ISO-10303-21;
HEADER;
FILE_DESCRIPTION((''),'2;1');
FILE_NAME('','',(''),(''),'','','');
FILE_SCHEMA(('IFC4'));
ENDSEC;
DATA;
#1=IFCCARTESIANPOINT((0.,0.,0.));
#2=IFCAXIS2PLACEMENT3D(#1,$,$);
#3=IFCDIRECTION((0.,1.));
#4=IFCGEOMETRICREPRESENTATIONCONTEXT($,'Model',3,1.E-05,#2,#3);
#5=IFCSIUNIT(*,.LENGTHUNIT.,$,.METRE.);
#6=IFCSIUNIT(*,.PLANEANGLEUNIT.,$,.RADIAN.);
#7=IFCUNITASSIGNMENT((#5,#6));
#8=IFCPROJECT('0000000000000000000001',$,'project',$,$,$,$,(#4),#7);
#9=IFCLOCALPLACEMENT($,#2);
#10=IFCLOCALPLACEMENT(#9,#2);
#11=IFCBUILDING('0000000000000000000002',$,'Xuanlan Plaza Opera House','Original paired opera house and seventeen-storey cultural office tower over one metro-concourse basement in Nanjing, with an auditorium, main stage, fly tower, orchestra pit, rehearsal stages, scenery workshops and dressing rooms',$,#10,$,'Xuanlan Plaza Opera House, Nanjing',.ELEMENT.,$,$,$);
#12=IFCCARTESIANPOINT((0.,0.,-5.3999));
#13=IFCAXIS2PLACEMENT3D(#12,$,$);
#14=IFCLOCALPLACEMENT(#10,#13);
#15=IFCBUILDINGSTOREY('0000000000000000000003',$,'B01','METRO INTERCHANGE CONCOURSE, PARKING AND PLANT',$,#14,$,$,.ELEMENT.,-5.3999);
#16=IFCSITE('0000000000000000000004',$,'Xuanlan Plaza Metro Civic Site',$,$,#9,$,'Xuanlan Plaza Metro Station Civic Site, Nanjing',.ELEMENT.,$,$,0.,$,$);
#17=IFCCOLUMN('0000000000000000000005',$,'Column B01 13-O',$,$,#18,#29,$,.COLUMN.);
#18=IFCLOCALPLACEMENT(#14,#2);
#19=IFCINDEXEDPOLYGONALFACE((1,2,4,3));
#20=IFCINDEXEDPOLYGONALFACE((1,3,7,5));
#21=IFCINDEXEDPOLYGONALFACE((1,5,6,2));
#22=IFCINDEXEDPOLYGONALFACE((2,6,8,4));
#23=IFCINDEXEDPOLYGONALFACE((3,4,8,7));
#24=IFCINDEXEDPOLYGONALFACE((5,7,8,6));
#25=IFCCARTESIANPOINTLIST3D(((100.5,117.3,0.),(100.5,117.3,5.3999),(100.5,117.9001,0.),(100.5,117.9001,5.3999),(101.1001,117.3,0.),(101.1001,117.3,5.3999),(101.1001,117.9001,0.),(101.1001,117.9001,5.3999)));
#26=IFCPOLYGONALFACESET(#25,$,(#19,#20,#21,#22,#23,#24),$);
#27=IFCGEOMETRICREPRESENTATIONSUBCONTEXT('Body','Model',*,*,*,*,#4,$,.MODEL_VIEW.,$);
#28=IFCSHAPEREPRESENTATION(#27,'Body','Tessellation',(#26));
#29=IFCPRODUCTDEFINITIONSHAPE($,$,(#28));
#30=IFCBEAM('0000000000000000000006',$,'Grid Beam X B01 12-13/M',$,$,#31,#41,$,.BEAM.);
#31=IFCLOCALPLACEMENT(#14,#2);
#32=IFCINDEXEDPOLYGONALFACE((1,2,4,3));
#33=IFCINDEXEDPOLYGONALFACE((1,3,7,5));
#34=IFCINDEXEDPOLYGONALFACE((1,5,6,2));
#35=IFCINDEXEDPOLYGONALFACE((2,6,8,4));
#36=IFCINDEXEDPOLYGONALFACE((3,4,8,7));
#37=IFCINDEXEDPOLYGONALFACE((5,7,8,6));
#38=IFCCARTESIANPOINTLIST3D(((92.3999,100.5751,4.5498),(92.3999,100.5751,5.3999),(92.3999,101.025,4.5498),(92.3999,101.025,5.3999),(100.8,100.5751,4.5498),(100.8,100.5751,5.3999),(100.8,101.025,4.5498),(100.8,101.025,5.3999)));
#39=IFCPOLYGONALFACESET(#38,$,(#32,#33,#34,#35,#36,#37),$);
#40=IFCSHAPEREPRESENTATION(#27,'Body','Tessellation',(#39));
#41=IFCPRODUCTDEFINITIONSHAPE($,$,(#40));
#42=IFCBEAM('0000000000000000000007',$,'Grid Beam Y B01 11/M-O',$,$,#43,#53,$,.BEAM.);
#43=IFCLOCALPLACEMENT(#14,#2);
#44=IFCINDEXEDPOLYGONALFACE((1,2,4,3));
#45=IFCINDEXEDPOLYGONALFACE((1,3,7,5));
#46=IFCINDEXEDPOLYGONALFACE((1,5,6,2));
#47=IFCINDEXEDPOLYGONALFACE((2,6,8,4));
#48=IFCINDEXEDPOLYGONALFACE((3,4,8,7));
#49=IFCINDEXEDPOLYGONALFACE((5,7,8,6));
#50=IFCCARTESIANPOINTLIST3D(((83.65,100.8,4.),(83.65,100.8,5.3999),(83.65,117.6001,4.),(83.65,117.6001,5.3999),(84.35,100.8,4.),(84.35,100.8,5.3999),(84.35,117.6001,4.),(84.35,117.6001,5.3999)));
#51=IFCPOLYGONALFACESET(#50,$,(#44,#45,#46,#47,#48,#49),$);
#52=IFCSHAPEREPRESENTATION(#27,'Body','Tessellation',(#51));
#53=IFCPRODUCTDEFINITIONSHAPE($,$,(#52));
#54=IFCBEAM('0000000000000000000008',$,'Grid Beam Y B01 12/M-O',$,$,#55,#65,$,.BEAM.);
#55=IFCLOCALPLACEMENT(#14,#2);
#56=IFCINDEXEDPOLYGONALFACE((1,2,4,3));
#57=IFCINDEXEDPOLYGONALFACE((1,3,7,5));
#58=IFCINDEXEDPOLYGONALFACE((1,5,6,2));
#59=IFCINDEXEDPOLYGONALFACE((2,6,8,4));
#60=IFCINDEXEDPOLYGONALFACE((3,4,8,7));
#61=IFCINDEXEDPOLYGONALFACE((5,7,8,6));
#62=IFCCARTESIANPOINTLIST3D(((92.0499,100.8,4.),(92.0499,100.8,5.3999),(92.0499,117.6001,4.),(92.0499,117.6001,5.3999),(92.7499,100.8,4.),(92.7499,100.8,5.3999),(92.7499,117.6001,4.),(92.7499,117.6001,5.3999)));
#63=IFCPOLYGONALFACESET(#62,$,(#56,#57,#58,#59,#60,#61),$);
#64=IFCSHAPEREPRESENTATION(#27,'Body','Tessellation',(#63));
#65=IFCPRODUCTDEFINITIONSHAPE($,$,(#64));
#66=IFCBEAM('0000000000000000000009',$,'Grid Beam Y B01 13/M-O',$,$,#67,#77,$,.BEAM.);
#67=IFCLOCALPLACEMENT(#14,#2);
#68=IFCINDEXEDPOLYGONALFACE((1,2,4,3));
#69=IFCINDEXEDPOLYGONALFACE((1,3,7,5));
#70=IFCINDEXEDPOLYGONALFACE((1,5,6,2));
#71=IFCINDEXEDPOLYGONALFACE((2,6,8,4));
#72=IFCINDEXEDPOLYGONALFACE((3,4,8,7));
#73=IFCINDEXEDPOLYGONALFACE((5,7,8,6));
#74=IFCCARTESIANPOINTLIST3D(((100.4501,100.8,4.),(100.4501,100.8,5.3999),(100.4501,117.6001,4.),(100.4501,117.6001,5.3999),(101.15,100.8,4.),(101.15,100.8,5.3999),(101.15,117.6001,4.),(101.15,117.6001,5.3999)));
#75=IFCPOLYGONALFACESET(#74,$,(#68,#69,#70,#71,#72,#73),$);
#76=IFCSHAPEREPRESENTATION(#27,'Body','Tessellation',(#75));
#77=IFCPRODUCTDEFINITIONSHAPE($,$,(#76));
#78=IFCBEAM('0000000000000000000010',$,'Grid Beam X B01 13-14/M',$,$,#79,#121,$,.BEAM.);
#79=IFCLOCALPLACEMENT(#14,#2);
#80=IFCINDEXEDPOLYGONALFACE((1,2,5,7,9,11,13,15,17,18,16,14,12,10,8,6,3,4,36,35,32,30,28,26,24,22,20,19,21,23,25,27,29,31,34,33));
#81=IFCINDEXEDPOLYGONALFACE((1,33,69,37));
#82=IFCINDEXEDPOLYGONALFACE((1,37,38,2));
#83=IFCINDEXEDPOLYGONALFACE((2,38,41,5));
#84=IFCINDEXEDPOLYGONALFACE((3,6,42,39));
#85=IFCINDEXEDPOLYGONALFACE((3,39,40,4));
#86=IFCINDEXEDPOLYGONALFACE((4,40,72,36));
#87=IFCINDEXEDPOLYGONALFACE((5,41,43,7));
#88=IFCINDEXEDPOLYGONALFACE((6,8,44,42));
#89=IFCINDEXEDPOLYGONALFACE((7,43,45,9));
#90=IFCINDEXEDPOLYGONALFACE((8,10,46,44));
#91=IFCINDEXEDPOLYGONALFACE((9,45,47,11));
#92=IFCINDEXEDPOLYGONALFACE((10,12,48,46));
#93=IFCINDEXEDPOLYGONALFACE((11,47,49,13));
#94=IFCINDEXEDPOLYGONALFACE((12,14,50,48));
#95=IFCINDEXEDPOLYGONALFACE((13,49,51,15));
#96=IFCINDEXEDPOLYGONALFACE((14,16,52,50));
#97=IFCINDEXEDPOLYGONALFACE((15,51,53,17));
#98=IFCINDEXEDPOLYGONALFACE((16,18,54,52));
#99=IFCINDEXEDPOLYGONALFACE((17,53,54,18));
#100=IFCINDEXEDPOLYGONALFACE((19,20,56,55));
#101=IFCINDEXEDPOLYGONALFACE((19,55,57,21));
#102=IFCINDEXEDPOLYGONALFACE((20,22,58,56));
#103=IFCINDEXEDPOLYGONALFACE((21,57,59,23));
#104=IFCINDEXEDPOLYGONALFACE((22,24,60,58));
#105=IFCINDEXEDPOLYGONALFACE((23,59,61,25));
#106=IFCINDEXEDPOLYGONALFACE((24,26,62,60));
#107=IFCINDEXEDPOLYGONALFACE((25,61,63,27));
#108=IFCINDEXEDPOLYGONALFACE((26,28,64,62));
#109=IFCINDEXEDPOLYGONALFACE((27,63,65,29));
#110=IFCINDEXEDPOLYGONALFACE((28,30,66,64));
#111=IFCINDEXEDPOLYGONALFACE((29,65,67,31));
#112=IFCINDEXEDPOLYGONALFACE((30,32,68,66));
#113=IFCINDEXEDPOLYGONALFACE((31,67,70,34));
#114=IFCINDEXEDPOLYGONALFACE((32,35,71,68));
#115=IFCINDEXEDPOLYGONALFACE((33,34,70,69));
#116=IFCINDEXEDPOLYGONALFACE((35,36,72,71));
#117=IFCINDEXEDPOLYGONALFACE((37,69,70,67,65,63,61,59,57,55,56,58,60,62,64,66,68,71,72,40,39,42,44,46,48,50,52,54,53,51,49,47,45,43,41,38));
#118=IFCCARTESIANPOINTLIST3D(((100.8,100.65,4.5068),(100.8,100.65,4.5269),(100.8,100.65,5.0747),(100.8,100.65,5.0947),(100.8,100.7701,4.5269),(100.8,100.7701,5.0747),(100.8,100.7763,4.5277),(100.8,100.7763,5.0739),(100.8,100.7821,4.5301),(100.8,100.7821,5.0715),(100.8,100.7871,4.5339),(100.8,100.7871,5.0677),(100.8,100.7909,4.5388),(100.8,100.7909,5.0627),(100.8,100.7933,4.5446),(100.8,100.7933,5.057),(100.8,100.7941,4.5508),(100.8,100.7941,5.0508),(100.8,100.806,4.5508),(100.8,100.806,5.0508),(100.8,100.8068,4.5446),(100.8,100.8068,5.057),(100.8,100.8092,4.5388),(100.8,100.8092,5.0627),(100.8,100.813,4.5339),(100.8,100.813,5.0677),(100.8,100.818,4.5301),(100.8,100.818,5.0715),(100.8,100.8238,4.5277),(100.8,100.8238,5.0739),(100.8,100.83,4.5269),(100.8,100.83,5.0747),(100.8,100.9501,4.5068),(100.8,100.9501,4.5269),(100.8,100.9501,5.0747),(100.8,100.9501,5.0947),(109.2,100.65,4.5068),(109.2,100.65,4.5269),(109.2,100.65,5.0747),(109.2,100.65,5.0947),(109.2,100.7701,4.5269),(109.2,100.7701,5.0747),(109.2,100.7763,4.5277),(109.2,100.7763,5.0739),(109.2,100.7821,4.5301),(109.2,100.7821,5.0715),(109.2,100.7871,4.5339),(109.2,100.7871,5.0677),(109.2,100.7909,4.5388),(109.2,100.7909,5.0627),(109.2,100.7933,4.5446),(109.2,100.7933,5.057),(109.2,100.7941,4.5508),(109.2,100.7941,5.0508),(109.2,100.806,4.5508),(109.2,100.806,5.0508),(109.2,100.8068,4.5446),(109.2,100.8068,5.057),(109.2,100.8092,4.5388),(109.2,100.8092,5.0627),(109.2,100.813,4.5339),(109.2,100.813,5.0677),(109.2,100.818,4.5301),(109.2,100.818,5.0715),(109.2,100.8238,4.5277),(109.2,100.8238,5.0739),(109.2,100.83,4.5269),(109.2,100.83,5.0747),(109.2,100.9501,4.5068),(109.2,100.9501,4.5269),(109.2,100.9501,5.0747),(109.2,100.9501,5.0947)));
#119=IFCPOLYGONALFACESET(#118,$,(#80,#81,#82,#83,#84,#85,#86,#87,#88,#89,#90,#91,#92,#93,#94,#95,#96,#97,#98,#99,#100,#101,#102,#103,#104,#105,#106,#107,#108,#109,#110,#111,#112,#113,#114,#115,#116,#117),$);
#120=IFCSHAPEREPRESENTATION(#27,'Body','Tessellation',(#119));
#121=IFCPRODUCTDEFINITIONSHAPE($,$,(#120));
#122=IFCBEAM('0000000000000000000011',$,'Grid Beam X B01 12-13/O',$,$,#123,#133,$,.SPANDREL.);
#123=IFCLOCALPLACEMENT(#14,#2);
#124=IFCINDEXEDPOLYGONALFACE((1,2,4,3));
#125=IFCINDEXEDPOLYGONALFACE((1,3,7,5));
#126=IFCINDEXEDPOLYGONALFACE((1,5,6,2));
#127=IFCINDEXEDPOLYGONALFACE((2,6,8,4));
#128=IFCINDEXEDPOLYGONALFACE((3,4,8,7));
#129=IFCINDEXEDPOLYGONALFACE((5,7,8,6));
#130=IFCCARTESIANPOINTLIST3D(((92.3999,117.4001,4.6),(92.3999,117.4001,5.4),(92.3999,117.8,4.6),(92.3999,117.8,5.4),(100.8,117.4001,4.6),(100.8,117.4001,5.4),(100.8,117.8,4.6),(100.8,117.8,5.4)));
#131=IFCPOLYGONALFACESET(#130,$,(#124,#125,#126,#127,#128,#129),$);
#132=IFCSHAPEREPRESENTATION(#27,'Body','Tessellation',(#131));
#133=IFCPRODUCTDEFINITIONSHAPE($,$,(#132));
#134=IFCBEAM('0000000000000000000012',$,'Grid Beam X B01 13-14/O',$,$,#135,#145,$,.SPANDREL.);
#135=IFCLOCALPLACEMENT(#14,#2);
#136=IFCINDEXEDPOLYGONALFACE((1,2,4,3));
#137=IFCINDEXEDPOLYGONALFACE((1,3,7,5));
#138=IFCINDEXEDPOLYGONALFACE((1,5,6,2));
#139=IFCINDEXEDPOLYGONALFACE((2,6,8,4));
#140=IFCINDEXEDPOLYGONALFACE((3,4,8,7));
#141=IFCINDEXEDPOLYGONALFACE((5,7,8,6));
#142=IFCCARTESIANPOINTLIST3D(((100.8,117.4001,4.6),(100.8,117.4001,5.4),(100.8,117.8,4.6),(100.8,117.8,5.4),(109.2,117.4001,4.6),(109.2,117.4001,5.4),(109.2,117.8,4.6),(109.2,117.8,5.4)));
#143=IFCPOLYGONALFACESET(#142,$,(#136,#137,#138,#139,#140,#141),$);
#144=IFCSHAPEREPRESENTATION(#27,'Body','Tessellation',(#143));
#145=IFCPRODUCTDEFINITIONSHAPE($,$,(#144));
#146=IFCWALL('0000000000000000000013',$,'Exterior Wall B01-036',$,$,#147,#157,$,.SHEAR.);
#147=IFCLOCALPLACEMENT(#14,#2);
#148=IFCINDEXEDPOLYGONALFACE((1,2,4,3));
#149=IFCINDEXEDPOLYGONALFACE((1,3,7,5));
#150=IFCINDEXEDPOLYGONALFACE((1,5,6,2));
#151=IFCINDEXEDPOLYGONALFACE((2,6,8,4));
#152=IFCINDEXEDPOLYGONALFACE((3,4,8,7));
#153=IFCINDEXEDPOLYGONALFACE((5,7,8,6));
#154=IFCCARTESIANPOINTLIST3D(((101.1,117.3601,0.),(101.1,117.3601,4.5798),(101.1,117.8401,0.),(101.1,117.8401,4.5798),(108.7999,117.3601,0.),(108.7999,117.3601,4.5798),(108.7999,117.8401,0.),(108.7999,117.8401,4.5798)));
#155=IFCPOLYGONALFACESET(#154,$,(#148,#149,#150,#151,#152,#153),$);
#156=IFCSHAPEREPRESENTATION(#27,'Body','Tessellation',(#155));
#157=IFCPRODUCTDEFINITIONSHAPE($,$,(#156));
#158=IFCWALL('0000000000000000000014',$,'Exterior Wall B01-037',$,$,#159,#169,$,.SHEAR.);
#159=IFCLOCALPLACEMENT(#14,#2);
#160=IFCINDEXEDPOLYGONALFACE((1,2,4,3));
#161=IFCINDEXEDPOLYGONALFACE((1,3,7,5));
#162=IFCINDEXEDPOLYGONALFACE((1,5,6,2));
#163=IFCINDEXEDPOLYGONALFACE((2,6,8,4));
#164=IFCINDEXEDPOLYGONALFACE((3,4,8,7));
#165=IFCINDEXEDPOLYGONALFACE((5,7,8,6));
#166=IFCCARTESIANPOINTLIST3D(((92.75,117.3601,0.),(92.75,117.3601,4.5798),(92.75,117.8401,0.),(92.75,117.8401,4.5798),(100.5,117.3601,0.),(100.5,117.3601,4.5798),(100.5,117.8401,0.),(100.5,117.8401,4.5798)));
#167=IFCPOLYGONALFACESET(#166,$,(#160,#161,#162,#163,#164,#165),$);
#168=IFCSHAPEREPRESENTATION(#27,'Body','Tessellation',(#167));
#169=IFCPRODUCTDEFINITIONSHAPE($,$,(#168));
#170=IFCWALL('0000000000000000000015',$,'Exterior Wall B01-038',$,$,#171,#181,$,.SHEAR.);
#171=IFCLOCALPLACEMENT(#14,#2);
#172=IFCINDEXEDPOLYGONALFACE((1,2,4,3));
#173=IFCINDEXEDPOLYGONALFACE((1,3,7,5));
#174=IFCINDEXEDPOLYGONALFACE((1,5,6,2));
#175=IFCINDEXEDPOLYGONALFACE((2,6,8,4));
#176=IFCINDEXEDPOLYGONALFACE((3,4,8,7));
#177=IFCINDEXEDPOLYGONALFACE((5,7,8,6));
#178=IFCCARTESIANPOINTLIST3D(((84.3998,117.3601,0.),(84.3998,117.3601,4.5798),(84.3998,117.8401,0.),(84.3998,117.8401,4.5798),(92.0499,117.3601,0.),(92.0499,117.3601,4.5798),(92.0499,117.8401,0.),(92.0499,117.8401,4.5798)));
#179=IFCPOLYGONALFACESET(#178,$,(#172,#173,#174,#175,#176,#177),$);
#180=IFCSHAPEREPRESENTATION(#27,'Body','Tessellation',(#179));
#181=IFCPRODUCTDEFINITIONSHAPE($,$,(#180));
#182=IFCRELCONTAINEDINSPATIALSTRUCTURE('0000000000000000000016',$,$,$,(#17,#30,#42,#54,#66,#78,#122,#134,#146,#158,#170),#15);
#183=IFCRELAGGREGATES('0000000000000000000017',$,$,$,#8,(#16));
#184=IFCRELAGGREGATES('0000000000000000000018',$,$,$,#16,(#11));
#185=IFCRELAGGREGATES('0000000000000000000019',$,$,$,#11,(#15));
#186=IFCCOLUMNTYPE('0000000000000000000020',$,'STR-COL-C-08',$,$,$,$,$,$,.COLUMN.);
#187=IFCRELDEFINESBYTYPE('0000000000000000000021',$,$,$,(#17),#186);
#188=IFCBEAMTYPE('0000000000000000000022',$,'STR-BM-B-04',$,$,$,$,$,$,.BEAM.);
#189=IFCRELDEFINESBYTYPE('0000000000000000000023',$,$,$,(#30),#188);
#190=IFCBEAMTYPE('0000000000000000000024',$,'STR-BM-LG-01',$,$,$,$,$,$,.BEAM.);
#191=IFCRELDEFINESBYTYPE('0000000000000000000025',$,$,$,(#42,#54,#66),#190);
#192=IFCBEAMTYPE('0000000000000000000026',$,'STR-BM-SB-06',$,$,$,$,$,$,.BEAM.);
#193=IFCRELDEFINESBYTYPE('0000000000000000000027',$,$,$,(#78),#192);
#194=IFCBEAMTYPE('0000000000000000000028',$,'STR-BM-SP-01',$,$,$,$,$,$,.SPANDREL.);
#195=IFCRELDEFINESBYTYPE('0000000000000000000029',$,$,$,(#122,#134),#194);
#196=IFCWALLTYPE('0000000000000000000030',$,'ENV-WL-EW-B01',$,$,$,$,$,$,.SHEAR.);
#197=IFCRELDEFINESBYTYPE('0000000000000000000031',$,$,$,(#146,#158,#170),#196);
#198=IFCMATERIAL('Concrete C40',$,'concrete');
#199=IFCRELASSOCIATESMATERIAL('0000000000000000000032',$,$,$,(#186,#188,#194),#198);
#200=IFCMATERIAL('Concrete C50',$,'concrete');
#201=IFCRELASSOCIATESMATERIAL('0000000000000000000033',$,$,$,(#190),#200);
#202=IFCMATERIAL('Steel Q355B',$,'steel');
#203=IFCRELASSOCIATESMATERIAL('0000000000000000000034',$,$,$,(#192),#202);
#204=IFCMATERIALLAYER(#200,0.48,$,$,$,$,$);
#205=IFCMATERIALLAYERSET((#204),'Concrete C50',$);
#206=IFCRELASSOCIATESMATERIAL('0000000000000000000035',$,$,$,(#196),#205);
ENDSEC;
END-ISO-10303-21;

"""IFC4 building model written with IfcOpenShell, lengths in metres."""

from ifc_helpers import new_model, si_unit, direction, frame, frame_2d, origin, origin_2d, place, context, subcontext, project, spatial, rectangle, i_section, extrude, material, layer, layer_set, material_profile, profile_set, type_object, element, save


model = new_model("IFC4")

# Units and contexts
model_context = context("Model", 3, precision=1e-05, world=origin(), true_north=direction((0.0, 1.0)))
body_context = subcontext(model_context, "Body", "Model", "MODEL_VIEW")
ifc_project = project(units=[si_unit("LENGTHUNIT", "METRE"), si_unit("PLANEANGLEUNIT", "RADIAN")], contexts=[model_context])

# Site, building, storey
site_placement = place(None, origin())
site = spatial("IfcSite", under=ifc_project, at=site_placement, Name="Xuanlan Plaza Metro Civic Site", LongName="Xuanlan Plaza Metro Station Civic Site, Nanjing", CompositionType="ELEMENT", RefElevation=0.0)
building_placement = place(site_placement, origin())
building = spatial("IfcBuilding", under=site, at=building_placement, Name="Xuanlan Plaza Opera House", Description="Original paired opera house and seventeen-storey cultural office tower over one metro-concourse basement in Nanjing, with an auditorium, main stage, fly tower, orchestra pit, rehearsal stages, scenery workshops and dressing rooms", LongName="Xuanlan Plaza Opera House, Nanjing", CompositionType="ELEMENT")
storey_placement = place(building_placement, frame((0.0, 0.0, -5.3999)))
storey = spatial("IfcBuildingStorey", under=building, at=storey_placement, Name="B01", Description="METRO INTERCHANGE CONCOURSE, PARKING AND PLANT", CompositionType="ELEMENT", Elevation=-5.3999)

# Shared definitions
ifc_material_1 = material(Name="Concrete C50", Category="concrete")
ifc_material_2 = material(Name="Concrete C40", Category="concrete")

# Column
ifc_material_profile_1 = material_profile(ifc_material_2, rectangle(XDim=0.6001, YDim=0.6001, at=origin_2d()), Name="RC-COL 600x600")
ifc_profile_set_1 = profile_set([ifc_material_profile_1], Name="Concrete C40")
column_type_1 = type_object("IfcColumnType", Name="STR-COL-C-08", PredefinedType="COLUMN", material=ifc_profile_set_1)
column_1_placement = place(storey_placement, frame((100.8, 117.6001, 0.0), z_axis=(0.0, 0.0, 1.0), x_axis=(1.0, 0.0, 0.0)))
element("IfcColumn", 1, at=column_1_placement, inside=storey, type_object=column_type_1, Name="Column B01 13-O", PredefinedType="COLUMN", context=body_context, shape_type="SweptSolid", body=[
    extrude(rectangle(XDim=0.6001, YDim=0.6001, at=origin_2d()), origin(), (0.0, 0.0, 1.0), 5.3999),
])

# Beams
ifc_material_profile_2 = material_profile(ifc_material_2, rectangle(XDim=0.45, YDim=0.8501, at=origin_2d()), Name="RC-BM 450x850")
ifc_profile_set_2 = profile_set([ifc_material_profile_2], Name="Concrete C40")
beam_type_1 = type_object("IfcBeamType", Name="STR-BM-B-04", PredefinedType="BEAM", material=ifc_profile_set_2)
beam_1_placement = place(storey_placement, frame((92.3999, 100.8, 4.9749), z_axis=(1.0, 0.0, 0.0), x_axis=(0.0, 1.0, 0.0)))
element("IfcBeam", 2, at=beam_1_placement, inside=storey, type_object=beam_type_1, Name="Grid Beam X B01 12-13/M", PredefinedType="BEAM", context=body_context, shape_type="SweptSolid", body=[
    extrude(rectangle(XDim=0.45, YDim=0.8501, at=origin_2d()), origin(), (0.0, 0.0, 1.0), 8.4001),
])
ifc_material_profile_3 = material_profile(ifc_material_1, rectangle(XDim=0.7, YDim=1.3999, at=origin_2d()), Name="RC-LG 700x1400")
ifc_profile_set_3 = profile_set([ifc_material_profile_3], Name="Concrete C50")
beam_type_2 = type_object("IfcBeamType", Name="STR-BM-LG-01", PredefinedType="BEAM", material=ifc_profile_set_3)
for number, where, z_axis, x_axis, name in (
    (3, (84.0, 100.8, 4.7), (0.0, 1.0, 0.0), (-1.0, 0.0, 0.0), "Grid Beam Y B01 11/M-O"),
    (4, (92.3999, 100.8, 4.7), (0.0, 1.0, 0.0), (-1.0, 0.0, 0.0), "Grid Beam Y B01 12/M-O"),
    (5, (100.8, 100.8, 4.7), (0.0, 1.0, 0.0), (-1.0, 0.0, 0.0), "Grid Beam Y B01 13/M-O"),
):
    element("IfcBeam", number, at=place(storey_placement, frame(where, z_axis=z_axis, x_axis=x_axis)), inside=storey, type_object=beam_type_2, Name=name, PredefinedType="BEAM", context=body_context, shape_type="SweptSolid", body=[
        extrude(rectangle(XDim=0.7, YDim=1.3999, at=origin_2d()), origin(), (0.0, 0.0, 1.0), 16.8),
    ])
ifc_material_3 = material(Name="Steel Q355B", Category="steel")
ifc_material_profile_4 = material_profile(ifc_material_3, i_section(OverallWidth=0.3, OverallDepth=0.5879, WebThickness=0.012, FlangeThickness=0.02, FilletRadius=0.0239, at=origin_2d()), Name="HM 588x300x12x20")
ifc_profile_set_4 = profile_set([ifc_material_profile_4], Name="Steel Q355B")
beam_type_3 = type_object("IfcBeamType", Name="STR-BM-SB-06", PredefinedType="BEAM", material=ifc_profile_set_4)
beam_2_placement = place(storey_placement, frame((100.8, 100.8, 4.8008), z_axis=(1.0, 0.0, 0.0), x_axis=(0.0, 1.0, 0.0)))
element("IfcBeam", 6, at=beam_2_placement, inside=storey, type_object=beam_type_3, Name="Grid Beam X B01 13-14/M", PredefinedType="BEAM", context=body_context, shape_type="SweptSolid", body=[
    extrude(i_section(OverallWidth=0.3, OverallDepth=0.5879, WebThickness=0.012, FlangeThickness=0.02, FilletRadius=0.0239, at=origin_2d()), origin(), (0.0, 0.0, 1.0), 8.3999),
])
ifc_material_profile_5 = material_profile(ifc_material_2, rectangle(XDim=0.3999, YDim=0.8, at=origin_2d()), Name="RC-SPD 400x800")
ifc_profile_set_5 = profile_set([ifc_material_profile_5], Name="Concrete C40")
beam_type_4 = type_object("IfcBeamType", Name="STR-BM-SP-01", PredefinedType="SPANDREL", material=ifc_profile_set_5)
beam_3_placement = place(storey_placement, frame((92.3999, 117.6001, 5.0), z_axis=(1.0, 0.0, 0.0), x_axis=(0.0, 1.0, 0.0)))
element("IfcBeam", 7, at=beam_3_placement, inside=storey, type_object=beam_type_4, Name="Grid Beam X B01 12-13/O", PredefinedType="SPANDREL", context=body_context, shape_type="SweptSolid", body=[
    extrude(rectangle(XDim=0.3999, YDim=0.8, at=origin_2d()), origin(), (0.0, 0.0, 1.0), 8.4001),
])
beam_4_placement = place(storey_placement, frame((100.8, 117.6001, 5.0), z_axis=(1.0, 0.0, 0.0), x_axis=(0.0, 1.0, 0.0)))
element("IfcBeam", 8, at=beam_4_placement, inside=storey, type_object=beam_type_4, Name="Grid Beam X B01 13-14/O", PredefinedType="SPANDREL", context=body_context, shape_type="SweptSolid", body=[
    extrude(rectangle(XDim=0.3999, YDim=0.8, at=origin_2d()), origin(), (0.0, 0.0, 1.0), 8.3999),
])

# Walls
ifc_layer_1 = layer(ifc_material_1, 0.48)
ifc_layer_set_1 = layer_set([ifc_layer_1], Name="Concrete C50")
wall_type_1 = type_object("IfcWallType", Name="ENV-WL-EW-B01", PredefinedType="SHEAR", material=ifc_layer_set_1)
wall_1_placement = place(storey_placement, frame((108.8, 117.6001, 0.0), z_axis=(0.0, 0.0, 1.0), x_axis=(-1.0, 0.0, 0.0)))
element("IfcWall", 9, at=wall_1_placement, inside=storey, type_object=wall_type_1, Name="Exterior Wall B01-036", PredefinedType="SHEAR", context=body_context, shape_type="SweptSolid", body=[
    extrude(rectangle(XDim=7.7, YDim=0.48, at=frame_2d((3.8501, 0.0))), origin(), (0.0, 0.0, 1.0), 4.5798),
])
wall_2_placement = place(storey_placement, frame((100.5, 117.6001, 0.0), z_axis=(0.0, 0.0, 1.0), x_axis=(-1.0, 0.0, 0.0)))
element("IfcWall", 10, at=wall_2_placement, inside=storey, type_object=wall_type_1, Name="Exterior Wall B01-037", PredefinedType="SHEAR", context=body_context, shape_type="SweptSolid", body=[
    extrude(rectangle(XDim=7.75, YDim=0.48, at=frame_2d((3.875, 0.0))), origin(), (0.0, 0.0, 1.0), 4.5798),
])
wall_3_placement = place(storey_placement, frame((92.05, 117.6001, 0.0), z_axis=(0.0, 0.0, 1.0), x_axis=(-1.0, 0.0, 0.0)))
element("IfcWall", 11, at=wall_3_placement, inside=storey, type_object=wall_type_1, Name="Exterior Wall B01-038", PredefinedType="SHEAR", context=body_context, shape_type="SweptSolid", body=[
    extrude(rectangle(XDim=7.6501, YDim=0.48, at=frame_2d((3.8252, 0.0))), origin(), (0.0, 0.0, 1.0), 4.5798),
])

save(model, "model.ifc")
